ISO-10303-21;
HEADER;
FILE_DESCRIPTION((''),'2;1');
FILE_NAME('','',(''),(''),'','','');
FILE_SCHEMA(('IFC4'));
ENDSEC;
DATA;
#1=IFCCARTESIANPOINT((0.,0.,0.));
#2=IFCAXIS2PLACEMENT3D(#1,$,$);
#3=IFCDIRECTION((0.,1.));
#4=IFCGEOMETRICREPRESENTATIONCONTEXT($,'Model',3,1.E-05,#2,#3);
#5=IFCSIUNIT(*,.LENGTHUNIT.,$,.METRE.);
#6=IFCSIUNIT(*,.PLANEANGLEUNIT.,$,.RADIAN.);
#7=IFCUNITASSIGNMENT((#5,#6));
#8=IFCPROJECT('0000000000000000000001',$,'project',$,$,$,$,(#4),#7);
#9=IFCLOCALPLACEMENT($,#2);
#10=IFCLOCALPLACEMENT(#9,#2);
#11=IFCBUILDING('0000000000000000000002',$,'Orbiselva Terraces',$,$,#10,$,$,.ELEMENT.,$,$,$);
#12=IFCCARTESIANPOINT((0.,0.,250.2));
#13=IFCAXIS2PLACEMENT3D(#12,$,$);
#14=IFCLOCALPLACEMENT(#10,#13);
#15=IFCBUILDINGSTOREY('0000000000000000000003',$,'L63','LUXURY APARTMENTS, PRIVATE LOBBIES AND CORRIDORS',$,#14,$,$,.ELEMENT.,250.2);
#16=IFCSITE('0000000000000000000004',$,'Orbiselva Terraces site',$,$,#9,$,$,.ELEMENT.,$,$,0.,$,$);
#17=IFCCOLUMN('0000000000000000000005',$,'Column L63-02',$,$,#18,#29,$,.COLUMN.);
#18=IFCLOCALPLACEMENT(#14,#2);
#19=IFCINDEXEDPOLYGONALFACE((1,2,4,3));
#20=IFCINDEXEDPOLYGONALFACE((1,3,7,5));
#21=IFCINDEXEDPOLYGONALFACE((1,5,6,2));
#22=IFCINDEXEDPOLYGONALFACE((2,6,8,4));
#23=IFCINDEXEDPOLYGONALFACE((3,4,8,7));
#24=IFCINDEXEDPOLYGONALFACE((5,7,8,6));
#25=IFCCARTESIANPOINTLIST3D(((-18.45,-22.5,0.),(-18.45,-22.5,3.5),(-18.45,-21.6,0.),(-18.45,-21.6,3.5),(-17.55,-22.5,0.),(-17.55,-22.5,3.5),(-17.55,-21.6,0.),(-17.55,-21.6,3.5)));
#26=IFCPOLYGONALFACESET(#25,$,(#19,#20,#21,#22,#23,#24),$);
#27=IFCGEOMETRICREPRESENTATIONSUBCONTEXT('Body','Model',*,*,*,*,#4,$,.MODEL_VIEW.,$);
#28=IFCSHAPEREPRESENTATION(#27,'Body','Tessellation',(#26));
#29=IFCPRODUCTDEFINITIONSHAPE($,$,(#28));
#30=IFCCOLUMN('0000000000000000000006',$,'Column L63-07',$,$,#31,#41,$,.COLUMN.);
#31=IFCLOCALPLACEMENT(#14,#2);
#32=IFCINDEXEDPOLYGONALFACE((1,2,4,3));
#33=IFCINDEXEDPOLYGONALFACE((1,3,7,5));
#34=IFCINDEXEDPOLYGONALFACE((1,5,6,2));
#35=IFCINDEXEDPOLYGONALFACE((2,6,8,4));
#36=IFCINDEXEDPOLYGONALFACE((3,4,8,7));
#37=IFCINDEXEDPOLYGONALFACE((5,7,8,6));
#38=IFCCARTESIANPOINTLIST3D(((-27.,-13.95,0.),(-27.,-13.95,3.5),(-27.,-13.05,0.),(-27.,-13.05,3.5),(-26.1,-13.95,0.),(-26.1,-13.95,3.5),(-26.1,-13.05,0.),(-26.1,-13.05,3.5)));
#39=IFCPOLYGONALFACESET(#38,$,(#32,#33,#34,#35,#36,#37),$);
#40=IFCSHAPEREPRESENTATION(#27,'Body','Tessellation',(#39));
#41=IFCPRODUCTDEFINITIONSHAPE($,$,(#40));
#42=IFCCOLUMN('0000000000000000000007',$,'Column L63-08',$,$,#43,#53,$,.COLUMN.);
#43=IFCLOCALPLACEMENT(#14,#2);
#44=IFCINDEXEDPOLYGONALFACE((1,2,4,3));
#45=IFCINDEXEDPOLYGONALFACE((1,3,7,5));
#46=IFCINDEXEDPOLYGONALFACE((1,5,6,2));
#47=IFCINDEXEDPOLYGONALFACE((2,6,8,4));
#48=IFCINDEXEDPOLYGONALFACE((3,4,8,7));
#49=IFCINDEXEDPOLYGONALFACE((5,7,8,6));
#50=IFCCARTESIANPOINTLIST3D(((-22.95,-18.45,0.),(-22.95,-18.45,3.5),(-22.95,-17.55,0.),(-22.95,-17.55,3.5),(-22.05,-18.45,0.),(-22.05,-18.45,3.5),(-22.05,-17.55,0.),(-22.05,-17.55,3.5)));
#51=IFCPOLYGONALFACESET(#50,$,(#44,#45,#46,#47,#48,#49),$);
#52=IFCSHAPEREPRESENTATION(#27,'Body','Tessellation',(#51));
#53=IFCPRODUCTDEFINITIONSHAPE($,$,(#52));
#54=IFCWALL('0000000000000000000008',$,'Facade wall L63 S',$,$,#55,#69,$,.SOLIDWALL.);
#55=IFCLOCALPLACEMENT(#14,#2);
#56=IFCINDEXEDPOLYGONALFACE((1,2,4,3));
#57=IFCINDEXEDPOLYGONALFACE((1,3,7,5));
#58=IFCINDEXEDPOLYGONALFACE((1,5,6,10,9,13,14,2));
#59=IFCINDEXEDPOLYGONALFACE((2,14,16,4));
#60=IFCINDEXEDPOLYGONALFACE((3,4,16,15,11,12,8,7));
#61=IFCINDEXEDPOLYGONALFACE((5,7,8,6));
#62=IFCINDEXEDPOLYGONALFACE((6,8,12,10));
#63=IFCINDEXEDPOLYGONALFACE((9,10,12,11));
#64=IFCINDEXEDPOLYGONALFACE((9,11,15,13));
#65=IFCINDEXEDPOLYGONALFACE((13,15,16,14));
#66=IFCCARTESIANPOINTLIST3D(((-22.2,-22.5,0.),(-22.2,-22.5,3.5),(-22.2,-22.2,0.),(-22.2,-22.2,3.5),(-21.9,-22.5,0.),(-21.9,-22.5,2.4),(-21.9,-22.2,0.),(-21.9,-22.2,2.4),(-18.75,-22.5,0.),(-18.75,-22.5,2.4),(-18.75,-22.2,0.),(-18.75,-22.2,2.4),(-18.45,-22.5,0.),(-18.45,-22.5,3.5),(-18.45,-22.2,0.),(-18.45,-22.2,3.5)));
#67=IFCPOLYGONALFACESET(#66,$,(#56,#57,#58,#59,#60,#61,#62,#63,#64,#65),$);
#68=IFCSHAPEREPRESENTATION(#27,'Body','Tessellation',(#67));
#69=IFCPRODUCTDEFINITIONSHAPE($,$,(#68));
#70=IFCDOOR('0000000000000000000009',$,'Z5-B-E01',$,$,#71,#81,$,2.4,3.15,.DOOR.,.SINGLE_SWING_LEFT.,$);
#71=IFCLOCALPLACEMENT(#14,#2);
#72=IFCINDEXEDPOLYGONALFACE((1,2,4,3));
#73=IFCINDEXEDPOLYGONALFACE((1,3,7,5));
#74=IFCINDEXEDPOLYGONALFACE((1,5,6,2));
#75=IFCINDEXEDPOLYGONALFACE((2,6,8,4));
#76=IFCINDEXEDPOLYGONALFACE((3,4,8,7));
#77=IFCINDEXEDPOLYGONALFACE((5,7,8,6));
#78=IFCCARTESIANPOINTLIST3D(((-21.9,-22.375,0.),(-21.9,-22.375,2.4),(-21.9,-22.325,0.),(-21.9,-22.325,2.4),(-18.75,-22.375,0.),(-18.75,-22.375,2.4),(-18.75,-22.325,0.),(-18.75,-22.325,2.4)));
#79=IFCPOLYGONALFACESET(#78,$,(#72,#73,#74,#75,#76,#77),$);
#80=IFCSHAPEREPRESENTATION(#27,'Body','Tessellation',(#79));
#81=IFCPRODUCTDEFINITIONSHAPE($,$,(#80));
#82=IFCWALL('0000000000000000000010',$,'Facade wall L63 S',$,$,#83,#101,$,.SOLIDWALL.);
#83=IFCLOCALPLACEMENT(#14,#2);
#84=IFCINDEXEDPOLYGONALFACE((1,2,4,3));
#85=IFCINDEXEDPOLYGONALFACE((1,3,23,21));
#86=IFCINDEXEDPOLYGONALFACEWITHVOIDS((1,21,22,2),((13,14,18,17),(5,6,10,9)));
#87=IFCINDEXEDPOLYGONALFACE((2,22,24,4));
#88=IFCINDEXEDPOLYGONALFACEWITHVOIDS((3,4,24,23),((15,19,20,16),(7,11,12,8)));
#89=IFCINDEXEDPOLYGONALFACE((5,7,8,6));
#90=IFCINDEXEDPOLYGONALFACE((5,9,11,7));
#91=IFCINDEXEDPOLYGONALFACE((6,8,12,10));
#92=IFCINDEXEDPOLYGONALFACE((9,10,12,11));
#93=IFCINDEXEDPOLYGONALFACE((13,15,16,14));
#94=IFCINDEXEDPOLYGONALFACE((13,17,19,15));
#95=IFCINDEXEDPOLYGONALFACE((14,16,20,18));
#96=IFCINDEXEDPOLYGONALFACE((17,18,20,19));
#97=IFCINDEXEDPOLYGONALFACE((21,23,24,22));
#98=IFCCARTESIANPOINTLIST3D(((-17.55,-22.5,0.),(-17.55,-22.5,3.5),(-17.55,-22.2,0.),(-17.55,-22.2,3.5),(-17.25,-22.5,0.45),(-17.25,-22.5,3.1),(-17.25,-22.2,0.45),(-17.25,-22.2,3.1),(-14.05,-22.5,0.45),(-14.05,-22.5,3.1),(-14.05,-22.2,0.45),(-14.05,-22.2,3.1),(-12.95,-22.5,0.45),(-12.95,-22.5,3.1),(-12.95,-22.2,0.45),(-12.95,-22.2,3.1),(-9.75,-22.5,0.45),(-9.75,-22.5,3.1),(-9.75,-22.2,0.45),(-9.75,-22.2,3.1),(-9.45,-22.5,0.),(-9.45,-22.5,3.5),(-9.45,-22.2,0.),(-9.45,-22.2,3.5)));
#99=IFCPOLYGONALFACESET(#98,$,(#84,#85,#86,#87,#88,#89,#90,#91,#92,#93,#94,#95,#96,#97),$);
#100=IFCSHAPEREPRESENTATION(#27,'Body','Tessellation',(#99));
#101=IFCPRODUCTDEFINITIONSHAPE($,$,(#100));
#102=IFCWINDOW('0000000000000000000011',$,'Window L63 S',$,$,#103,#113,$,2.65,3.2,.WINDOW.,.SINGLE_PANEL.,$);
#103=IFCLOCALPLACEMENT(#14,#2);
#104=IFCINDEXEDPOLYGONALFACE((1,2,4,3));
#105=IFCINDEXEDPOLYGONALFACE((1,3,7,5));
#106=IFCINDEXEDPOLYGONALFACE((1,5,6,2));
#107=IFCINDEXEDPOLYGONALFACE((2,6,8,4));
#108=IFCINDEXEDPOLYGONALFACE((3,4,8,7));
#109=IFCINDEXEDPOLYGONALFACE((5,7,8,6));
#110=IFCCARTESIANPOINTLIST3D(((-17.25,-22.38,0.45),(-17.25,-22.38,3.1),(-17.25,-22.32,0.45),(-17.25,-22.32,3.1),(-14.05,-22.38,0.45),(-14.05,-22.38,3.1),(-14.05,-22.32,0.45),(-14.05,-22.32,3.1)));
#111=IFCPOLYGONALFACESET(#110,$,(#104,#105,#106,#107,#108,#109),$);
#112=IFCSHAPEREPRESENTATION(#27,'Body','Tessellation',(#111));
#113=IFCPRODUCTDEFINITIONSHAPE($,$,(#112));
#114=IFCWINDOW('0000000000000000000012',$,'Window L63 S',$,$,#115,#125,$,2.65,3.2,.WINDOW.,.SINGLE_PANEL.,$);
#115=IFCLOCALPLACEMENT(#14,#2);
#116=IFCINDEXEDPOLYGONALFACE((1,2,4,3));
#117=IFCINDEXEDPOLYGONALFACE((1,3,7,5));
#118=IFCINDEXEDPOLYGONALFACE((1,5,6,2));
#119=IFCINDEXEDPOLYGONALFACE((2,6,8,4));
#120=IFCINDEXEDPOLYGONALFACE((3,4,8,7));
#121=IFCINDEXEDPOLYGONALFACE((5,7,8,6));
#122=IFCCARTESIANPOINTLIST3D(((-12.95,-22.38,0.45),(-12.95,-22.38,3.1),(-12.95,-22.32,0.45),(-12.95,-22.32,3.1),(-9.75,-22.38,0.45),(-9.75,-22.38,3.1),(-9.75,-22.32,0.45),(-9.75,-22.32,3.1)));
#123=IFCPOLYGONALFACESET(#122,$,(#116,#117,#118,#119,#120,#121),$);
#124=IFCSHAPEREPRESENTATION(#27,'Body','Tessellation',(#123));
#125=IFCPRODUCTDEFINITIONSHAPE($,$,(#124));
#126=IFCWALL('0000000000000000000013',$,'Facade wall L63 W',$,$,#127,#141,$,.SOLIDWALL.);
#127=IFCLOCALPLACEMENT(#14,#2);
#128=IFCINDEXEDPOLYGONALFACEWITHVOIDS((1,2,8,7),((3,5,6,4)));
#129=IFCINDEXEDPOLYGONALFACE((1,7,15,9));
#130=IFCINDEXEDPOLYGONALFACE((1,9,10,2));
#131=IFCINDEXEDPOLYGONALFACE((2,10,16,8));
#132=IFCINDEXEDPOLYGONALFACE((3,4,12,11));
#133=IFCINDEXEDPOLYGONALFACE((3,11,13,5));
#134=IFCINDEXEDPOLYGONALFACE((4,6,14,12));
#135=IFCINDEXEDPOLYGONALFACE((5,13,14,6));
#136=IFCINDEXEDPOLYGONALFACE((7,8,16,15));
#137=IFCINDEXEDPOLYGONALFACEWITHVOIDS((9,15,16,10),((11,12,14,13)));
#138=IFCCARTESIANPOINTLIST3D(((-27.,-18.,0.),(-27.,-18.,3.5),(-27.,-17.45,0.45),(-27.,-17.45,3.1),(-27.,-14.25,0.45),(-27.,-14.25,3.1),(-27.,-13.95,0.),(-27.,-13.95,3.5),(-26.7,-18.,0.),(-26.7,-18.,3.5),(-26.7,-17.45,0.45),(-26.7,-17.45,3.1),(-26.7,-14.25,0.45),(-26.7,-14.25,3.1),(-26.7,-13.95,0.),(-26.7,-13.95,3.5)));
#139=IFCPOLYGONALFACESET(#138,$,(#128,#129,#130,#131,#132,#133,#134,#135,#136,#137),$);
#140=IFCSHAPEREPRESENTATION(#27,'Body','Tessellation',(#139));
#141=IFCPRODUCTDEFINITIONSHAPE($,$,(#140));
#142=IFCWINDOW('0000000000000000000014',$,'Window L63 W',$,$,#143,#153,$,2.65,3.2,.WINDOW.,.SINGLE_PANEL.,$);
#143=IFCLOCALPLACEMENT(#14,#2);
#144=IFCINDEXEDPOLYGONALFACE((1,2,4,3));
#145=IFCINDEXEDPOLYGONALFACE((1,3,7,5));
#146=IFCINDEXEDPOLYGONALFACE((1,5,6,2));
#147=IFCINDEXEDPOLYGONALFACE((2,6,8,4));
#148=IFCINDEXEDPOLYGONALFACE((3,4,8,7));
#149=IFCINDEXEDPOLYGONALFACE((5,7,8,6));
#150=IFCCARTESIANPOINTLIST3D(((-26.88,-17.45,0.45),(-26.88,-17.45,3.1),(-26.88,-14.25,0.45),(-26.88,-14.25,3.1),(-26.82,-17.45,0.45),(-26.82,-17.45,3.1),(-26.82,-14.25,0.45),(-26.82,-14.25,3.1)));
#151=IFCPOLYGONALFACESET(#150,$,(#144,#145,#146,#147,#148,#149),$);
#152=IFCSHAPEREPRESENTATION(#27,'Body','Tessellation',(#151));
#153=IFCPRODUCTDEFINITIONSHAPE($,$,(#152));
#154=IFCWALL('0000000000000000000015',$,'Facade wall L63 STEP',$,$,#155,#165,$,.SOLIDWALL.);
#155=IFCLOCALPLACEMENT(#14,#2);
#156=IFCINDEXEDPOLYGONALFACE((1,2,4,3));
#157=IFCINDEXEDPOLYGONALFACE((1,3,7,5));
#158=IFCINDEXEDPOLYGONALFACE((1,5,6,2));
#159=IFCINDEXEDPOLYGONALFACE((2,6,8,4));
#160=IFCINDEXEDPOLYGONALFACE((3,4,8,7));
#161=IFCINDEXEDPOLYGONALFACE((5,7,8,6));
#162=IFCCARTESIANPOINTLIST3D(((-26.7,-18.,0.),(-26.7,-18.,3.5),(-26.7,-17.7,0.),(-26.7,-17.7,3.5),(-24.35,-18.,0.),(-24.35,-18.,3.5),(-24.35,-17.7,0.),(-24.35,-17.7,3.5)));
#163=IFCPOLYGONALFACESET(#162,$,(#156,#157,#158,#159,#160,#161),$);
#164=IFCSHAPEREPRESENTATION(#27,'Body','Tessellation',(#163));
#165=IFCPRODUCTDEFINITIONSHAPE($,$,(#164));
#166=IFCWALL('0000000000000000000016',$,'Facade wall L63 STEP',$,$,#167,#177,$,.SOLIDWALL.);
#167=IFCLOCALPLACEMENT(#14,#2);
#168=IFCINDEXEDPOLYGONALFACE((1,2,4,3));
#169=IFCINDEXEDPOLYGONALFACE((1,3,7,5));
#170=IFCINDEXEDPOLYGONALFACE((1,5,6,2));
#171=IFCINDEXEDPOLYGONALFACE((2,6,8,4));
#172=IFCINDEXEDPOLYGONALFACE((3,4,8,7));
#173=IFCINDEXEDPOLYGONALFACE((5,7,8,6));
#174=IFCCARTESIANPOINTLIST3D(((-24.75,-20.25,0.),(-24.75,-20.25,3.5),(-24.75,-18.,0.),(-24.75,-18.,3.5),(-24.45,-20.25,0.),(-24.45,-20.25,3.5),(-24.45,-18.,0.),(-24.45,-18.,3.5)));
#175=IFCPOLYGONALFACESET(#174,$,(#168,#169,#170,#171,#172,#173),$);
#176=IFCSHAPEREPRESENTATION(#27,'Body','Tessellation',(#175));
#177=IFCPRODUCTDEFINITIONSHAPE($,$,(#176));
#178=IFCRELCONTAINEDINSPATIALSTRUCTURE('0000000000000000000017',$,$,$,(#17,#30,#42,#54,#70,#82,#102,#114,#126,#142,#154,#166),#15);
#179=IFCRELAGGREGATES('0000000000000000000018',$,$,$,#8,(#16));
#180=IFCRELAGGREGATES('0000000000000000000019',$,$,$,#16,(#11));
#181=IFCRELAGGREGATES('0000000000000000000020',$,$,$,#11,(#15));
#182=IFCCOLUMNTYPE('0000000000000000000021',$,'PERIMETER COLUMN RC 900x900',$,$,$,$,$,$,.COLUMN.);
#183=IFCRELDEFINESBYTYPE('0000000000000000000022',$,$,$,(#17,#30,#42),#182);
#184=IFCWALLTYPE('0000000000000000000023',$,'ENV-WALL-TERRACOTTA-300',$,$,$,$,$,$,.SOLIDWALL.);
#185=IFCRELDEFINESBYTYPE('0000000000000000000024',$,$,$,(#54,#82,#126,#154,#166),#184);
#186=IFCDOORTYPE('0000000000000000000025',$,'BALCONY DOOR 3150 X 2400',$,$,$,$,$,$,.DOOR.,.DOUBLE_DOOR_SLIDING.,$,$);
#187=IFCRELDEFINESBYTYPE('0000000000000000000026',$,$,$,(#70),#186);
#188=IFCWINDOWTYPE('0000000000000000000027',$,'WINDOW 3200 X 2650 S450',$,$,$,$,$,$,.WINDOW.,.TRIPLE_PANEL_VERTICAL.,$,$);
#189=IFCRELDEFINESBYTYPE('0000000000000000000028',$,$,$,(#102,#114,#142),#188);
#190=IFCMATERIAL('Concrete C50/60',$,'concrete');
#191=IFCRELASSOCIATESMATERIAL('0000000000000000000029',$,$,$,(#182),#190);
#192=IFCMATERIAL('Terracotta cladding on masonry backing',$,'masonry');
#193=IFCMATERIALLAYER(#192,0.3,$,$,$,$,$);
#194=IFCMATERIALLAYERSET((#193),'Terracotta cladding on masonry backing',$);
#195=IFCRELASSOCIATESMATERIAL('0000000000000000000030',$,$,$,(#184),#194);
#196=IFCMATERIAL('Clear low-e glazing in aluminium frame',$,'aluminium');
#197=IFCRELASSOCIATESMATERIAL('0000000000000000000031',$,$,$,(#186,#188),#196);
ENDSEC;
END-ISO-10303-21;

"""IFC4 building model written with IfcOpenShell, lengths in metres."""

from ifc_helpers import new_model, si_unit, direction, frame, frame_2d, origin, origin_2d, place, context, subcontext, project, spatial, rectangle, extrude, material, layer, layer_set, material_profile, profile_set, type_object, element, fill, save


model = new_model("IFC4")

# Units and contexts
model_context = context("Model", 3, precision=1e-05, world=origin(), true_north=direction((0.0, 1.0)))
body_context = subcontext(model_context, "Body", "Model", "MODEL_VIEW")
ifc_project = project(units=[si_unit("LENGTHUNIT", "METRE"), si_unit("PLANEANGLEUNIT", "RADIAN")], contexts=[model_context])

# Site, building, storey
site_placement = place(None, origin())
site = spatial("IfcSite", under=ifc_project, at=site_placement, Name="Orbiselva Terraces site", CompositionType="ELEMENT", RefElevation=0.0)
building_placement = place(site_placement, origin())
building = spatial("IfcBuilding", under=site, at=building_placement, Name="Orbiselva Terraces", CompositionType="ELEMENT")
storey_placement = place(building_placement, frame((0.0, 0.0, 250.2)))
storey = spatial("IfcBuildingStorey", under=building, at=storey_placement, Name="L63", Description="LUXURY APARTMENTS, PRIVATE LOBBIES AND CORRIDORS", CompositionType="ELEMENT", Elevation=250.2)

# Columns
ifc_material_1 = material(Name="Concrete C50/60", Category="concrete")
ifc_material_profile = material_profile(ifc_material_1, rectangle(XDim=0.9, YDim=0.9, at=origin_2d()), Name="RC 900x900")
ifc_profile_set = profile_set([ifc_material_profile], Name="Concrete C50/60")
column_type = type_object("IfcColumnType", Name="PERIMETER COLUMN RC 900x900", PredefinedType="COLUMN", material=ifc_profile_set)
for number, where, z_axis, x_axis, name in (
    (1, (-18.0, -22.05, 0.0), (0.0, 0.0, 1.0), (1.0, 0.0, 0.0), "Column L63-02"),
    (2, (-26.55, -13.5, 0.0), (0.0, 0.0, 1.0), (1.0, 0.0, 0.0), "Column L63-07"),
    (3, (-22.5, -18.0, 0.0), (0.0, 0.0, 1.0), (1.0, 0.0, 0.0), "Column L63-08"),
):
    element("IfcColumn", number, at=place(storey_placement, frame(where, z_axis=z_axis, x_axis=x_axis)), inside=storey, type_object=column_type, Name=name, PredefinedType="COLUMN", context=body_context, shape_type="SweptSolid", body=[
        extrude(rectangle(XDim=0.9, YDim=0.9, at=origin_2d()), origin(), (0.0, 0.0, 1.0), 3.5),
    ])

# Wall, opening, door
ifc_material_2 = material(Name="Terracotta cladding on masonry backing", Category="masonry")
ifc_layer_1 = layer(ifc_material_2, 0.3)
ifc_layer_set_1 = layer_set([ifc_layer_1], Name="Terracotta cladding on masonry backing")
wall_type_1 = type_object("IfcWallType", Name="ENV-WALL-TERRACOTTA-300", PredefinedType="SOLIDWALL", material=ifc_layer_set_1)
wall_1_placement = place(storey_placement, frame((-18.45, -22.35, 0.0), z_axis=(0.0, 0.0, 1.0), x_axis=(-1.0, 0.0, 0.0)))
wall_1 = element("IfcWall", 4, at=wall_1_placement, inside=storey, type_object=wall_type_1, Name="Facade wall L63 S", PredefinedType="SOLIDWALL", context=body_context, shape_type="SweptSolid", body=[
    extrude(rectangle(XDim=3.75, YDim=0.3, at=frame_2d((1.875, 0.0))), origin(), (0.0, 0.0, 1.0), 3.5),
])
opening_1_placement = place(wall_1_placement, frame((0.3, 0.0, 0.0)))
opening_1 = element("IfcOpeningElement", 5, at=opening_1_placement, cuts=wall_1, PredefinedType="OPENING", context=body_context, shape_type="SweptSolid", body=[
    extrude(rectangle(XDim=3.15, YDim=2.4, at=frame_2d((1.575, 1.2))), frame((0.0, 0.16, 0.0), z_axis=(0.0, -1.0, 0.0), x_axis=(1.0, 0.0, 0.0)), (0.0, 0.0, 1.0), 0.32),
])
ifc_material_3 = material(Name="Clear low-e glazing in aluminium frame", Category="aluminium")
door_type = type_object("IfcDoorType", Name="BALCONY DOOR 3150 X 2400", OperationType="DOUBLE_DOOR_SLIDING", PredefinedType="DOOR", material=ifc_material_3)
door_placement = place(opening_1_placement, origin())
door = element("IfcDoor", 6, at=door_placement, inside=storey, type_object=door_type, Name="Z5-B-E01", OperationType="SINGLE_SWING_LEFT", OverallHeight=2.4, OverallWidth=3.15, PredefinedType="DOOR", context=body_context, shape_type="SweptSolid", body=[
    extrude(rectangle(XDim=3.15, YDim=2.4, at=frame_2d((1.575, 1.2))), frame((0.0, 0.025, 0.0), z_axis=(0.0, -1.0, 0.0), x_axis=(1.0, 0.0, 0.0)), (0.0, 0.0, 1.0), 0.05),
])
fill(opening_1, door)

# Wall, openings, windows
wall_2_placement = place(storey_placement, frame((-9.45, -22.35, 0.0), z_axis=(0.0, 0.0, 1.0), x_axis=(-1.0, 0.0, 0.0)))
wall_2 = element("IfcWall", 7, at=wall_2_placement, inside=storey, type_object=wall_type_1, Name="Facade wall L63 S", PredefinedType="SOLIDWALL", context=body_context, shape_type="SweptSolid", body=[
    extrude(rectangle(XDim=8.1, YDim=0.3, at=frame_2d((4.05, 0.0))), origin(), (0.0, 0.0, 1.0), 3.5),
])
opening_2_placement = place(wall_2_placement, frame((4.6, 0.0, 0.45)))
opening_2 = element("IfcOpeningElement", 8, at=opening_2_placement, cuts=wall_2, PredefinedType="OPENING", context=body_context, shape_type="SweptSolid", body=[
    extrude(rectangle(XDim=3.2, YDim=2.65, at=frame_2d((1.6, 1.325))), frame((0.0, 0.16, 0.0), z_axis=(0.0, -1.0, 0.0), x_axis=(1.0, 0.0, 0.0)), (0.0, 0.0, 1.0), 0.32),
])
opening_3_placement = place(wall_2_placement, frame((0.3, 0.0, 0.45)))
opening_3 = element("IfcOpeningElement", 9, at=opening_3_placement, cuts=wall_2, PredefinedType="OPENING", context=body_context, shape_type="SweptSolid", body=[
    extrude(rectangle(XDim=3.2, YDim=2.65, at=frame_2d((1.6, 1.325))), frame((0.0, 0.16, 0.0), z_axis=(0.0, -1.0, 0.0), x_axis=(1.0, 0.0, 0.0)), (0.0, 0.0, 1.0), 0.32),
])
window_type = type_object("IfcWindowType", Name="WINDOW 3200 X 2650 S450", PartitioningType="TRIPLE_PANEL_VERTICAL", PredefinedType="WINDOW", material=ifc_material_3)
window_1_placement = place(opening_2_placement, origin())
window_1 = element("IfcWindow", 10, at=window_1_placement, inside=storey, type_object=window_type, Name="Window L63 S", OverallHeight=2.65, OverallWidth=3.2, PartitioningType="SINGLE_PANEL", PredefinedType="WINDOW", context=body_context, shape_type="SweptSolid", body=[
    extrude(rectangle(XDim=3.2, YDim=2.65, at=frame_2d((1.6, 1.325))), frame((0.0, 0.03, 0.0), z_axis=(0.0, -1.0, 0.0), x_axis=(1.0, 0.0, 0.0)), (0.0, 0.0, 1.0), 0.06),
])
fill(opening_2, window_1)
window_2_placement = place(opening_3_placement, origin())
window_2 = element("IfcWindow", 11, at=window_2_placement, inside=storey, type_object=window_type, Name="Window L63 S", OverallHeight=2.65, OverallWidth=3.2, PartitioningType="SINGLE_PANEL", PredefinedType="WINDOW", context=body_context, shape_type="SweptSolid", body=[
    extrude(rectangle(XDim=3.2, YDim=2.65, at=frame_2d((1.6, 1.325))), frame((0.0, 0.03, 0.0), z_axis=(0.0, -1.0, 0.0), x_axis=(1.0, 0.0, 0.0)), (0.0, 0.0, 1.0), 0.06),
])
fill(opening_3, window_2)

# Wall, opening, window
wall_3_placement = place(storey_placement, frame((-26.85, -18.0, 0.0), z_axis=(0.0, 0.0, 1.0), x_axis=(0.0, 1.0, 0.0)))
wall_3 = element("IfcWall", 12, at=wall_3_placement, inside=storey, type_object=wall_type_1, Name="Facade wall L63 W", PredefinedType="SOLIDWALL", context=body_context, shape_type="SweptSolid", body=[
    extrude(rectangle(XDim=4.05, YDim=0.3, at=frame_2d((2.025, 0.0))), origin(), (0.0, 0.0, 1.0), 3.5),
])
opening_4_placement = place(wall_3_placement, frame((0.55, 0.0, 0.45)))
opening_4 = element("IfcOpeningElement", 13, at=opening_4_placement, cuts=wall_3, PredefinedType="OPENING", context=body_context, shape_type="SweptSolid", body=[
    extrude(rectangle(XDim=3.2, YDim=2.65, at=frame_2d((1.6, 1.325))), frame((0.0, 0.16, 0.0), z_axis=(0.0, -1.0, 0.0), x_axis=(1.0, 0.0, 0.0)), (0.0, 0.0, 1.0), 0.32),
])
window_3_placement = place(opening_4_placement, origin())
window_3 = element("IfcWindow", 14, at=window_3_placement, inside=storey, type_object=window_type, Name="Window L63 W", OverallHeight=2.65, OverallWidth=3.2, PartitioningType="SINGLE_PANEL", PredefinedType="WINDOW", context=body_context, shape_type="SweptSolid", body=[
    extrude(rectangle(XDim=3.2, YDim=2.65, at=frame_2d((1.6, 1.325))), frame((0.0, 0.03, 0.0), z_axis=(0.0, -1.0, 0.0), x_axis=(1.0, 0.0, 0.0)), (0.0, 0.0, 1.0), 0.06),
])
fill(opening_4, window_3)

# Walls
wall_4_placement = place(storey_placement, frame((-24.35, -17.85, 0.0), z_axis=(0.0, 0.0, 1.0), x_axis=(-1.0, 0.0, 0.0)))
element("IfcWall", 15, at=wall_4_placement, inside=storey, type_object=wall_type_1, Name="Facade wall L63 STEP", PredefinedType="SOLIDWALL", context=body_context, shape_type="SweptSolid", body=[
    extrude(rectangle(XDim=2.35, YDim=0.3, at=frame_2d((1.175, 0.0))), origin(), (0.0, 0.0, 1.0), 3.5),
])
wall_5_placement = place(storey_placement, frame((-24.6, -20.25, 0.0), z_axis=(0.0, 0.0, 1.0), x_axis=(0.0, 1.0, 0.0)))
element("IfcWall", 16, at=wall_5_placement, inside=storey, type_object=wall_type_1, Name="Facade wall L63 STEP", PredefinedType="SOLIDWALL", context=body_context, shape_type="SweptSolid", body=[
    extrude(rectangle(XDim=2.25, YDim=0.3, at=frame_2d((1.125, 0.0))), origin(), (0.0, 0.0, 1.0), 3.5),
])

save(model, "model.ifc")
